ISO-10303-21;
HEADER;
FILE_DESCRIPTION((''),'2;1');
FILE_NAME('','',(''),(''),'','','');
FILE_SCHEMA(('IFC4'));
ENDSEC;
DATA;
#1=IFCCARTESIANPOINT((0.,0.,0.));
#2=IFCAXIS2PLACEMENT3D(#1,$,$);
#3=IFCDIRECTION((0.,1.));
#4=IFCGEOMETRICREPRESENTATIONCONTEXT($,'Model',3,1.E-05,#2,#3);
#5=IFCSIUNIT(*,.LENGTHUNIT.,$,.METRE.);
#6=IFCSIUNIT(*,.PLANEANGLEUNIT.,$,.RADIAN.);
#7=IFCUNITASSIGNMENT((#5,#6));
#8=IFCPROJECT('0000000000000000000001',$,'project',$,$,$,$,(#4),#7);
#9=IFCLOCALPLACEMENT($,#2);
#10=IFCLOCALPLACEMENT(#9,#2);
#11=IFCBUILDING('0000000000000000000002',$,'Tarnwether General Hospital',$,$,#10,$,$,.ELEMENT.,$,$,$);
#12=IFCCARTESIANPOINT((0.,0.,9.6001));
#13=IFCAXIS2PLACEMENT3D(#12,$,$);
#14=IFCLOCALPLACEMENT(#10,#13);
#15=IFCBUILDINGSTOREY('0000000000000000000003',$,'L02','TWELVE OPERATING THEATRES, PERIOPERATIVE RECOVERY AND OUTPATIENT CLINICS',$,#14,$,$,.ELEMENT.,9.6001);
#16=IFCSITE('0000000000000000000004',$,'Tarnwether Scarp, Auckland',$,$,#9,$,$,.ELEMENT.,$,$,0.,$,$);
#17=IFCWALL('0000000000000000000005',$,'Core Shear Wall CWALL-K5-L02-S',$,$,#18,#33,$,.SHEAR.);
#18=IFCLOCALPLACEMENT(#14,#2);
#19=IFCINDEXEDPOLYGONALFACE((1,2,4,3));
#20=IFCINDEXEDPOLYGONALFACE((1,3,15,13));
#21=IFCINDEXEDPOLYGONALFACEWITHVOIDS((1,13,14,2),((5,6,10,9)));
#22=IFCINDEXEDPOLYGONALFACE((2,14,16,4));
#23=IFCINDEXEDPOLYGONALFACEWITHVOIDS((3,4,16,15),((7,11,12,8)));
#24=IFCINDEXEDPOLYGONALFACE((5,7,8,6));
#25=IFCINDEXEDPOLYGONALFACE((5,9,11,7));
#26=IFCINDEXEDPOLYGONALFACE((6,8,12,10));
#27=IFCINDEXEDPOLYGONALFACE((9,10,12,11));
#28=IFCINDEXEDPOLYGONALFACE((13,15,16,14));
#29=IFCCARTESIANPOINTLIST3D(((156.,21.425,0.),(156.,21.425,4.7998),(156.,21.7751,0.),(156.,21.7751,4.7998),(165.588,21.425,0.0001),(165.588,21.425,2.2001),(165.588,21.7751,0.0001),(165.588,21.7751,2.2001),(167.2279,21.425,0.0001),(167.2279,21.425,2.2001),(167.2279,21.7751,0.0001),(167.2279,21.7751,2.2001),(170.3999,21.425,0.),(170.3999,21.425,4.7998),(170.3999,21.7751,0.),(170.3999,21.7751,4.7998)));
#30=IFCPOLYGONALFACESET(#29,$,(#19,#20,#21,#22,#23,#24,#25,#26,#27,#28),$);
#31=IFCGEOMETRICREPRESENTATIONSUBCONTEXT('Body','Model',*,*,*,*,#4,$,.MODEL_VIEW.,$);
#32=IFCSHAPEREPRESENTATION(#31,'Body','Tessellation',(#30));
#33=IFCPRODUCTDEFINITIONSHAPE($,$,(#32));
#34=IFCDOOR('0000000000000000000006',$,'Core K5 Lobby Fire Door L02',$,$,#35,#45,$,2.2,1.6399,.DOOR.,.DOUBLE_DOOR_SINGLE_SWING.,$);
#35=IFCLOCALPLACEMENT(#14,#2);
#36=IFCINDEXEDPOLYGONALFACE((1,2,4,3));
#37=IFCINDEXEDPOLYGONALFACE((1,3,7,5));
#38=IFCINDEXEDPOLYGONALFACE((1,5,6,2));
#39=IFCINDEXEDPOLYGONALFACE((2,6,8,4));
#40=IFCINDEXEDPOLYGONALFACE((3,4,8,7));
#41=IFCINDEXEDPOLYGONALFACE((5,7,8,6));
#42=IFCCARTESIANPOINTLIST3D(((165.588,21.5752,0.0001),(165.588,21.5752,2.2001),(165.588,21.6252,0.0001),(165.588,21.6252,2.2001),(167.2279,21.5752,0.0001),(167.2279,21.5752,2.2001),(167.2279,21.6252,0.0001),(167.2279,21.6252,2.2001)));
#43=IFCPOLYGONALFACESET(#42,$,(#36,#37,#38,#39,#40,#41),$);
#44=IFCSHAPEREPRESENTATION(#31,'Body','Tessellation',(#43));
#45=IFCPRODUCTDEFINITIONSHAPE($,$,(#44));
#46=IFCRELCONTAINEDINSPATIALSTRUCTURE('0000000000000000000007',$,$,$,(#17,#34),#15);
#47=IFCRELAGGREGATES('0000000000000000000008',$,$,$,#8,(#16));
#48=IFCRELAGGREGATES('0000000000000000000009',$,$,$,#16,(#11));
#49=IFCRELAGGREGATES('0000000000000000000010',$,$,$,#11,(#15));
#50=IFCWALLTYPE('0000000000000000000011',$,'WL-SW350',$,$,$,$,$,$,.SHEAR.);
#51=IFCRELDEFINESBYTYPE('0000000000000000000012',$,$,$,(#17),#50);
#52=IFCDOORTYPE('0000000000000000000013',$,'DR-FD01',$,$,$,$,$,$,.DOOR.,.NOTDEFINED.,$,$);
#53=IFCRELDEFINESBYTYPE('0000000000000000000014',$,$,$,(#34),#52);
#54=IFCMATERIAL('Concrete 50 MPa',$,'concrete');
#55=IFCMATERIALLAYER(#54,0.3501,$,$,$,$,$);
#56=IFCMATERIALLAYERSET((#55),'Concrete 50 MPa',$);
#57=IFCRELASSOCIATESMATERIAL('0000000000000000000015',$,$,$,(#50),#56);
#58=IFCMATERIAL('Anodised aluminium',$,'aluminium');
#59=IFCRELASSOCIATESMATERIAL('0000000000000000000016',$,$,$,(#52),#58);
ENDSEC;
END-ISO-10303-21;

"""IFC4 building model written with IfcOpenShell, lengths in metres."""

from ifc_helpers import new_model, si_unit, direction, frame, frame_2d, origin, place, context, subcontext, project, spatial, rectangle, extrude, material, layer, layer_set, type_object, element, fill, save


model = new_model("IFC4")

# Units and contexts
model_context = context("Model", 3, precision=1e-05, world=origin(), true_north=direction((0.0, 1.0)))
body_context = subcontext(model_context, "Body", "Model", "MODEL_VIEW")
ifc_project = project(units=[si_unit("LENGTHUNIT", "METRE"), si_unit("PLANEANGLEUNIT", "RADIAN")], contexts=[model_context])

# Site, building, storey
site_placement = place(None, origin())
site = spatial("IfcSite", under=ifc_project, at=site_placement, Name="Tarnwether Scarp, Auckland", CompositionType="ELEMENT", RefElevation=0.0)
building_placement = place(site_placement, origin())
building = spatial("IfcBuilding", under=site, at=building_placement, Name="Tarnwether General Hospital", CompositionType="ELEMENT")
storey_placement = place(building_placement, frame((0.0, 0.0, 9.6001)))
storey = spatial("IfcBuildingStorey", under=building, at=storey_placement, Name="L02", Description="TWELVE OPERATING THEATRES, PERIOPERATIVE RECOVERY AND OUTPATIENT CLINICS", CompositionType="ELEMENT", Elevation=9.6001)

# Wall, opening, door
ifc_material_1 = material(Name="Concrete 50 MPa", Category="concrete")
ifc_layer_1 = layer(ifc_material_1, 0.3501)
ifc_layer_set_1 = layer_set([ifc_layer_1], Name="Concrete 50 MPa")
wall_type_1 = type_object("IfcWallType", Name="WL-SW350", PredefinedType="SHEAR", material=ifc_layer_set_1)
wall_1_placement = place(storey_placement, frame((170.3999, 21.6001, 0.0), z_axis=(0.0, 0.0, 1.0), x_axis=(-1.0, 0.0, 0.0)))
wall_1 = element("IfcWall", 1, at=wall_1_placement, inside=storey, type_object=wall_type_1, Name="Core Shear Wall CWALL-K5-L02-S", PredefinedType="SHEAR", context=body_context, shape_type="SweptSolid", body=[
    extrude(rectangle(XDim=14.3999, YDim=0.3501, at=frame_2d((7.2, 0.0))), origin(), (0.0, 0.0, 1.0), 4.7998),
])
opening_1_placement = place(wall_1_placement, frame((3.1721, 0.0, 0.0)))
opening_1 = element("IfcOpeningElement", 2, at=opening_1_placement, cuts=wall_1, PredefinedType="OPENING", context=body_context, shape_type="SweptSolid", body=[
    extrude(rectangle(XDim=1.6399, YDim=2.2, at=frame_2d((0.8198, 1.1001))), frame((0.0, 0.1851, 0.0), z_axis=(0.0, -1.0, 0.0), x_axis=(1.0, 0.0, 0.0)), (0.0, 0.0, 1.0), 0.3701),
])
ifc_material_2 = material(Name="Anodised aluminium", Category="aluminium")
door_type_1 = type_object("IfcDoorType", Name="DR-FD01", OperationType="NOTDEFINED", PredefinedType="DOOR", material=ifc_material_2)
door_1_placement = place(opening_1_placement, origin())
door_1 = element("IfcDoor", 3, at=door_1_placement, inside=storey, type_object=door_type_1, Name="Core K5 Lobby Fire Door L02", OperationType="DOUBLE_DOOR_SINGLE_SWING", OverallHeight=2.2, OverallWidth=1.6399, PredefinedType="DOOR", context=body_context, shape_type="SweptSolid", body=[
    extrude(rectangle(XDim=1.6399, YDim=2.2, at=frame_2d((0.8198, 1.1001))), frame((0.0, 0.0249, 0.0), z_axis=(0.0, -1.0, 0.0), x_axis=(1.0, 0.0, 0.0)), (0.0, 0.0, 1.0), 0.05),
])
fill(opening_1, door_1)

save(model, "model.ifc")
